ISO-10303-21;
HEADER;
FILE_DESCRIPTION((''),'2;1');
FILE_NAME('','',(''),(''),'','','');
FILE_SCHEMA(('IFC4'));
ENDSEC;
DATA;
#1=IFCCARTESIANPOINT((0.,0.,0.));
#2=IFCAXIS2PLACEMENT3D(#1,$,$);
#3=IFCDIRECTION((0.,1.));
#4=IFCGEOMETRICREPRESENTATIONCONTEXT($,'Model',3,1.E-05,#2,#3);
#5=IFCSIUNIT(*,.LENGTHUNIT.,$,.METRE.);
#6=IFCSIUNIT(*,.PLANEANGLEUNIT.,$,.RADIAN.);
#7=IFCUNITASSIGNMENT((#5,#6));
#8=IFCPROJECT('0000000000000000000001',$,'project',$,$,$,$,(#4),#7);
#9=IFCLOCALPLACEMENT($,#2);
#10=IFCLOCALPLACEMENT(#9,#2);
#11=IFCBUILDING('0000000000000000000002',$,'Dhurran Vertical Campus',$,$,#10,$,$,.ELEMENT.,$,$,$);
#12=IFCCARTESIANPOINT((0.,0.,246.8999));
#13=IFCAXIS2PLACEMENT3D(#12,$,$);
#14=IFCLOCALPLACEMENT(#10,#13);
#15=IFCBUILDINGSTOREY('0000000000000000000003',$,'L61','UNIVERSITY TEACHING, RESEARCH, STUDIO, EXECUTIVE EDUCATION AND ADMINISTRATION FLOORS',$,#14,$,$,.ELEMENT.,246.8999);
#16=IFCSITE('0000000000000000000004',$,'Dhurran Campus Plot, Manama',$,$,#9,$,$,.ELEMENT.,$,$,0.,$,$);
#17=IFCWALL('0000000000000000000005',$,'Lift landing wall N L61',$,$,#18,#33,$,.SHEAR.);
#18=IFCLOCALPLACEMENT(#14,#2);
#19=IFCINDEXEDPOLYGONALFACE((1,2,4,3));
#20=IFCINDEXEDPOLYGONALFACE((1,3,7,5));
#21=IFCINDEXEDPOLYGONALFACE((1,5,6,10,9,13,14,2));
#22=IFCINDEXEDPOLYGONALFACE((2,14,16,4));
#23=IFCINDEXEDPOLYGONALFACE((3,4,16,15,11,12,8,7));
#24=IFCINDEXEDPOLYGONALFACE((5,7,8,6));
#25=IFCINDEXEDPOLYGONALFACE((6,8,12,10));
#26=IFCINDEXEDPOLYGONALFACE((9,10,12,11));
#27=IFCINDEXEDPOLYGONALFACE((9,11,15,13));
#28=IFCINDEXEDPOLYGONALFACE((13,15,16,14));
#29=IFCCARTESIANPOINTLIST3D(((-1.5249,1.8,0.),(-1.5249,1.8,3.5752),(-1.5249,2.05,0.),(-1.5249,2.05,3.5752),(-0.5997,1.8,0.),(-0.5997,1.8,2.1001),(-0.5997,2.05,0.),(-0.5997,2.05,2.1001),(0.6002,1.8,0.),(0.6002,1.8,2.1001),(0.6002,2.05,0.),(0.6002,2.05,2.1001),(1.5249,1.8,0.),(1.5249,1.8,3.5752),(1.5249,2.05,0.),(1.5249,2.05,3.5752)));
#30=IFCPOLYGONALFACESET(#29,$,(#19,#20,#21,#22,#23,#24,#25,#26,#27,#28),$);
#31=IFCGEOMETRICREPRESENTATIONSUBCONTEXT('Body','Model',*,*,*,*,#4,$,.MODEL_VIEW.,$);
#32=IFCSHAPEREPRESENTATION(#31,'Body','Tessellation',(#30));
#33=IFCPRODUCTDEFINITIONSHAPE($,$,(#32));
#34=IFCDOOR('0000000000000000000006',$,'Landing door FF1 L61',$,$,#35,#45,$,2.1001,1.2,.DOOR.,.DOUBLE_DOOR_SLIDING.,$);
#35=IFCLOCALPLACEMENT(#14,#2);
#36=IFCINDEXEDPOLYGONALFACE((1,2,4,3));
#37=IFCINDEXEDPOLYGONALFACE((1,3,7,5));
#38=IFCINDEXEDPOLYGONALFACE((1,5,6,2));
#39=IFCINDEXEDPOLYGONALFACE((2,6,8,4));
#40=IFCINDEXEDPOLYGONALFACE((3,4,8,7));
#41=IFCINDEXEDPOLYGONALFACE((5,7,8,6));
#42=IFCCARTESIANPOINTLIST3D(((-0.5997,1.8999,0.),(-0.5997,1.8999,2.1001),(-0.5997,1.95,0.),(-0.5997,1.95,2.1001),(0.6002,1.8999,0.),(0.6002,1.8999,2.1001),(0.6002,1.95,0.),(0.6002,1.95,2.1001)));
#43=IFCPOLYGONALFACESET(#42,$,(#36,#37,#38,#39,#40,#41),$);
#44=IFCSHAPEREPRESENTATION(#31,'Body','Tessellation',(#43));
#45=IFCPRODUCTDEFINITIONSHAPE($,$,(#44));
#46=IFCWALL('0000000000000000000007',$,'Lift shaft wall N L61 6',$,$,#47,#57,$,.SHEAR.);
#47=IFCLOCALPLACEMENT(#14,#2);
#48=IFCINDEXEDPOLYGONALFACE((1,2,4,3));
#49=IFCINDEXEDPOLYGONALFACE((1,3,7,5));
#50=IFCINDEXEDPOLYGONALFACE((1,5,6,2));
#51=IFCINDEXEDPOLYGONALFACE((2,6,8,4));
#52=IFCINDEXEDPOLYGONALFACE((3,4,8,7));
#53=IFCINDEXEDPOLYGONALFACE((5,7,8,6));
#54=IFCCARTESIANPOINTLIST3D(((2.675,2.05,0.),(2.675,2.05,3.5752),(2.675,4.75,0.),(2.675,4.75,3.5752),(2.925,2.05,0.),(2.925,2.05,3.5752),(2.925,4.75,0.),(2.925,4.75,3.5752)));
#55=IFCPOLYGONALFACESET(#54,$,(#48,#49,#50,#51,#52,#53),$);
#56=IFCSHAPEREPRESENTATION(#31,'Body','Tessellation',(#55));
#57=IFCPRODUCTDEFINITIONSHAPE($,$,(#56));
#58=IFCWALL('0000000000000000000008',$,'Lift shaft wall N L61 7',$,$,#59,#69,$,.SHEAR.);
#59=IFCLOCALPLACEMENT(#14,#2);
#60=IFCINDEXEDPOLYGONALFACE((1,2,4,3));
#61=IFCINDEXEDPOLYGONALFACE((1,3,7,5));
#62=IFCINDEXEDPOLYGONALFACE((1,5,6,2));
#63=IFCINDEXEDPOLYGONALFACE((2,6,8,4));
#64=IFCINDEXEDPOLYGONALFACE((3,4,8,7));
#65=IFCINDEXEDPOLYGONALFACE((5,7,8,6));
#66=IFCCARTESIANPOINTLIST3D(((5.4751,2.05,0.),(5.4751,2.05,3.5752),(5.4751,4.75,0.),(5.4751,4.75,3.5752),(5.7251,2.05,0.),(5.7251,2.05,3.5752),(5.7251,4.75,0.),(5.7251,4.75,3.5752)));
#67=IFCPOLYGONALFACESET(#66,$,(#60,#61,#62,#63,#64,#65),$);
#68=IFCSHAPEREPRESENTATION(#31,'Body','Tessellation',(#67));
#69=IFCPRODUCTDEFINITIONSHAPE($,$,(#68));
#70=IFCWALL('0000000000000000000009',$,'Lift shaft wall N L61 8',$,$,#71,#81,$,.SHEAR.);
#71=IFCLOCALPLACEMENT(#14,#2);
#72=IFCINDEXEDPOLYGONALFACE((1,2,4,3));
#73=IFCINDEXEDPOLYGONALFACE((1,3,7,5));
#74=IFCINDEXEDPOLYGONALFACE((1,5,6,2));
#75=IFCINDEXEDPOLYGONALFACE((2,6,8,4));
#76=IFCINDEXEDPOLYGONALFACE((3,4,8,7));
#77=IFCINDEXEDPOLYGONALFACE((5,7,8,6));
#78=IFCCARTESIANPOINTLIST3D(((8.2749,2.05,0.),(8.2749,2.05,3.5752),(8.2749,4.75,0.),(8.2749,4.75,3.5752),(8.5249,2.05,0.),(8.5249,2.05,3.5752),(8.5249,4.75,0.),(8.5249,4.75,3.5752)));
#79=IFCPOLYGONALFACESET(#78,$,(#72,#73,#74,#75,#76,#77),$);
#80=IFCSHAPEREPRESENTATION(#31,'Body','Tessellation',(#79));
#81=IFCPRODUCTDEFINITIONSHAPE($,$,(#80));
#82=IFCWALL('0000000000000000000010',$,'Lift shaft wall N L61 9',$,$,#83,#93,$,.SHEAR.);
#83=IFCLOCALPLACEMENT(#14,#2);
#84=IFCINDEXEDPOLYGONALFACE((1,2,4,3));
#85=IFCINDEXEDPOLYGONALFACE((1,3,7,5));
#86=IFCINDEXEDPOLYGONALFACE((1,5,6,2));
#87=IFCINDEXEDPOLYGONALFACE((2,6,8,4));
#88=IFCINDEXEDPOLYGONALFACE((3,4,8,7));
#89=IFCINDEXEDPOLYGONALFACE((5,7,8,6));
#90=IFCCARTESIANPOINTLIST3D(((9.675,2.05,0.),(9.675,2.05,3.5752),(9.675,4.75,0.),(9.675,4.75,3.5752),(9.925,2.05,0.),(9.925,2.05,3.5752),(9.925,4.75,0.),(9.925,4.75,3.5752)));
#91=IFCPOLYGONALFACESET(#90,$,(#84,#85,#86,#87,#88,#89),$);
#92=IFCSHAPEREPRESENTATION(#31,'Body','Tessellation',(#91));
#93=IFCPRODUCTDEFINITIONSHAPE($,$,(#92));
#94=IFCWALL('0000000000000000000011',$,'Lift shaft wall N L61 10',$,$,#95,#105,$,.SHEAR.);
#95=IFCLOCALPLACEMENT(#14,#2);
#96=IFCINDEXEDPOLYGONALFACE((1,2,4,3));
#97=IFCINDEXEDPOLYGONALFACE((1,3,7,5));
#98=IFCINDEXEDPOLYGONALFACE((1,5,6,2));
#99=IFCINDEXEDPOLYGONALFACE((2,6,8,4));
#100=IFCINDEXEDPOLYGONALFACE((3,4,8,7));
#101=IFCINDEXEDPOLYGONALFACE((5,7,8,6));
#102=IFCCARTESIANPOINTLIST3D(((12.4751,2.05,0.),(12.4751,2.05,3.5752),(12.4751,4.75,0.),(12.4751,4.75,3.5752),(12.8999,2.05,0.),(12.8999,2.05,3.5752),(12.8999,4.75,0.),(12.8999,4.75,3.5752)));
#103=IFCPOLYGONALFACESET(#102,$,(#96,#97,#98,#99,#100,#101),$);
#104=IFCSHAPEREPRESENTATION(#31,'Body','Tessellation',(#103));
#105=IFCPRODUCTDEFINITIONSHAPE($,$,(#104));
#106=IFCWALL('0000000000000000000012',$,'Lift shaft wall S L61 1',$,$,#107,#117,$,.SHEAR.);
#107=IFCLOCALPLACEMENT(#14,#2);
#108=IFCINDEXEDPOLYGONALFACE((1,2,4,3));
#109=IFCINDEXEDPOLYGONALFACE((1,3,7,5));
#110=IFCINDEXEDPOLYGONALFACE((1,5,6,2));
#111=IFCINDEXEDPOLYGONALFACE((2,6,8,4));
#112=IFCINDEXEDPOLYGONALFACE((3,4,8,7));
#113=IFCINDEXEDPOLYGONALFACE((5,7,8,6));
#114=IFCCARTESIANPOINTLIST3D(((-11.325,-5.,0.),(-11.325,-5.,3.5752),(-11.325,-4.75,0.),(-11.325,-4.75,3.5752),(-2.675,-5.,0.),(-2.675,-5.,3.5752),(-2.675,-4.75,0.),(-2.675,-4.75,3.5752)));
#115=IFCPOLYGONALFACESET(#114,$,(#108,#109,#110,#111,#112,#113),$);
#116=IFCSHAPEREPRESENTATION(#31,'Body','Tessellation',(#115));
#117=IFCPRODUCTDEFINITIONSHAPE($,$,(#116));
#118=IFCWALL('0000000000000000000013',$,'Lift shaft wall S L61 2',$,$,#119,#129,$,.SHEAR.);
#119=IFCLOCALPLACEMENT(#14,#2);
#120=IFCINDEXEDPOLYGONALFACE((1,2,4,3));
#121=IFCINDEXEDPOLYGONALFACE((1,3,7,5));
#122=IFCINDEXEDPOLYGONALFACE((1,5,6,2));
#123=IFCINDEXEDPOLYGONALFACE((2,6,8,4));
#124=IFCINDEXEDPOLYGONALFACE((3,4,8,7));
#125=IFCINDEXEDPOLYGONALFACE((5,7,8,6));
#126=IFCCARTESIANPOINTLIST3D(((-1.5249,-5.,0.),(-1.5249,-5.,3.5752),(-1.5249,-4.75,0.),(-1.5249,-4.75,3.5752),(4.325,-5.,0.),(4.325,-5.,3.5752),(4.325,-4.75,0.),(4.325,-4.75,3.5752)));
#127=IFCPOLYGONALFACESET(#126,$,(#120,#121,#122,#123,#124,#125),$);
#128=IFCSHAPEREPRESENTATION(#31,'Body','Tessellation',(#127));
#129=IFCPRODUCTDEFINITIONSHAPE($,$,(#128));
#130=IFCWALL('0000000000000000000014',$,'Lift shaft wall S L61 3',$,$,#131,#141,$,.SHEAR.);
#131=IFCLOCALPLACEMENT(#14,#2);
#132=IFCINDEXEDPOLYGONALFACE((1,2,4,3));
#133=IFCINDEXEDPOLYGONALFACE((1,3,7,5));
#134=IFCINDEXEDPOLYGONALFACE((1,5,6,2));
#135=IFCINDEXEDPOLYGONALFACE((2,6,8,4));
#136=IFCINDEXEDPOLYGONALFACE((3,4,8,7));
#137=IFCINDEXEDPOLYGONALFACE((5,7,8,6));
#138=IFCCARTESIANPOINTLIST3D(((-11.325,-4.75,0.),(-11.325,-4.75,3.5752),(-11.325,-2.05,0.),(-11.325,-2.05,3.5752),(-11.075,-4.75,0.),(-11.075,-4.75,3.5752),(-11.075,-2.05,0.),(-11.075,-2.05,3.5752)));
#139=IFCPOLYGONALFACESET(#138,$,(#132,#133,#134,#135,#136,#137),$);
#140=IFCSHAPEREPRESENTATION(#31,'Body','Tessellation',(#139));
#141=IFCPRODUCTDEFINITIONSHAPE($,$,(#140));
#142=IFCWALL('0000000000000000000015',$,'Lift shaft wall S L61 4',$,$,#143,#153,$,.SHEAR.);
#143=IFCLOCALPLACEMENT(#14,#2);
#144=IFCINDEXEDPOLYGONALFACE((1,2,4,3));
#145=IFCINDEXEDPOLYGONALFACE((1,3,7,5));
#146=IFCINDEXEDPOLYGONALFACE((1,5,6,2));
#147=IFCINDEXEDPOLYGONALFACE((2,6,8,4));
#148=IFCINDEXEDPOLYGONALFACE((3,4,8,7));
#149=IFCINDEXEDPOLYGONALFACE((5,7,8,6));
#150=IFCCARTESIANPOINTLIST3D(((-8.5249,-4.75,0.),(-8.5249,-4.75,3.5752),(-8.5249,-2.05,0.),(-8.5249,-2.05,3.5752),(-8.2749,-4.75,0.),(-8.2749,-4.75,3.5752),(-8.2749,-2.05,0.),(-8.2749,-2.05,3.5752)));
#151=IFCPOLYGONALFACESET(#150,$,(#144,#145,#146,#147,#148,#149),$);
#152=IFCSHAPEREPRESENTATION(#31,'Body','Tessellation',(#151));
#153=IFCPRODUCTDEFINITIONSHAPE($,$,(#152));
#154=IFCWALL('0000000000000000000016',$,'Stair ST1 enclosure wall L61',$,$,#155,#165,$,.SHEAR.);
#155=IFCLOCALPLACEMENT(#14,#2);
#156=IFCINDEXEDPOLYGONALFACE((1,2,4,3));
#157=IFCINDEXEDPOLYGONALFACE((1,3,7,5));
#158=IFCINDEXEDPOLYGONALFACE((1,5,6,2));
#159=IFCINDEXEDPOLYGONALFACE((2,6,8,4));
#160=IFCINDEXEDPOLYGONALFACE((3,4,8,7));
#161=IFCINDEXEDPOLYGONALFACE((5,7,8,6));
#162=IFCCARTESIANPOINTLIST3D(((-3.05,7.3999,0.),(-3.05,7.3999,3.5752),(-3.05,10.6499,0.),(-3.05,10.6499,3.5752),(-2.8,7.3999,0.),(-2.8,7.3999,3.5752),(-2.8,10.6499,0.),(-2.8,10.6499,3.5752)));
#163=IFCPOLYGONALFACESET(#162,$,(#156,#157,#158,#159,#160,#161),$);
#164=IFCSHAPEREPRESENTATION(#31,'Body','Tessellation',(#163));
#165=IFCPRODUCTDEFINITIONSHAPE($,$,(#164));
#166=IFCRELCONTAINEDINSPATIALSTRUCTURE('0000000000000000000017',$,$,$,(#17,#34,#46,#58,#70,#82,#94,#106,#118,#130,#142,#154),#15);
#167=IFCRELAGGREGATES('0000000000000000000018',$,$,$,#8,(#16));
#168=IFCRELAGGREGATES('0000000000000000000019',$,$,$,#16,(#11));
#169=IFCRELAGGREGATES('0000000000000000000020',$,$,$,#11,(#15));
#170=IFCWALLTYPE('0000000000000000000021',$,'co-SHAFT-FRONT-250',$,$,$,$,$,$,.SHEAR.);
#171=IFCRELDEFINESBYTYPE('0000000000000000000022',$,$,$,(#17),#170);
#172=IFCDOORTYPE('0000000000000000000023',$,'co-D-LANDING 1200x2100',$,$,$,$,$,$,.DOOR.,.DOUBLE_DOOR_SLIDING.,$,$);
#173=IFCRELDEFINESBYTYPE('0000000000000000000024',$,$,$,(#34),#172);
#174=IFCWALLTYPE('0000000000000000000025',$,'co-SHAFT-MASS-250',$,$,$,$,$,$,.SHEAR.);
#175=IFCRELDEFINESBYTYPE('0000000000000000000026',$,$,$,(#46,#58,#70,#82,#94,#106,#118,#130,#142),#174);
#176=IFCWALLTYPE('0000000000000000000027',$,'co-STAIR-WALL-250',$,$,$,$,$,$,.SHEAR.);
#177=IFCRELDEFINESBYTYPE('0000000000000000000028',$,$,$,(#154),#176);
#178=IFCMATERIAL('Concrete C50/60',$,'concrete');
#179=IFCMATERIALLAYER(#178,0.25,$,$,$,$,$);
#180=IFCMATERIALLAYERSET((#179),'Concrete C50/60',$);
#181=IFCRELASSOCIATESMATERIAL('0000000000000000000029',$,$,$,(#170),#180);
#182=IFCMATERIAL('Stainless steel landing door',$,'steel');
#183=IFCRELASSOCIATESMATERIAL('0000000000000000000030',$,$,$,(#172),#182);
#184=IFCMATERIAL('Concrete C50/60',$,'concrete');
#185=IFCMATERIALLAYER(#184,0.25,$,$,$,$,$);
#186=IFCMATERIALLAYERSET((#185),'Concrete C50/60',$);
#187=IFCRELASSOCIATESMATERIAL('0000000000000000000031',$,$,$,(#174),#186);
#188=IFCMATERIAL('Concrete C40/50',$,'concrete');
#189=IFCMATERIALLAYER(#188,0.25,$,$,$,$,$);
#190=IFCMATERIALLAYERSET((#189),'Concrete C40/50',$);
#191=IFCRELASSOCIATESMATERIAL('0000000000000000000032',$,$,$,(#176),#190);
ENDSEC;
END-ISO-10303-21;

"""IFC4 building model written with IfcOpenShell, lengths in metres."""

from ifc_helpers import new_model, si_unit, direction, frame, frame_2d, origin, place, context, subcontext, project, spatial, polyline, rectangle, outline, extrude, material, layer, layer_set, type_object, element, fill, save


model = new_model("IFC4")

# Units and contexts
model_context = context("Model", 3, precision=1e-05, world=origin(), true_north=direction((0.0, 1.0)))
body_context = subcontext(model_context, "Body", "Model", "MODEL_VIEW")
ifc_project = project(units=[si_unit("LENGTHUNIT", "METRE"), si_unit("PLANEANGLEUNIT", "RADIAN")], contexts=[model_context])

# Site, building, storey
site_placement = place(None, origin())
site = spatial("IfcSite", under=ifc_project, at=site_placement, Name="Dhurran Campus Plot, Manama", CompositionType="ELEMENT", RefElevation=0.0)
building_placement = place(site_placement, origin())
building = spatial("IfcBuilding", under=site, at=building_placement, Name="Dhurran Vertical Campus", CompositionType="ELEMENT")
storey_placement = place(building_placement, frame((0.0, 0.0, 246.8999)))
storey = spatial("IfcBuildingStorey", under=building, at=storey_placement, Name="L61", Description="UNIVERSITY TEACHING, RESEARCH, STUDIO, EXECUTIVE EDUCATION AND ADMINISTRATION FLOORS", CompositionType="ELEMENT", Elevation=246.8999)

# Wall, opening, door
ifc_material_1 = material(Name="Concrete C50/60", Category="concrete")
ifc_layer_1 = layer(ifc_material_1, 0.25)
ifc_layer_set_1 = layer_set([ifc_layer_1], Name="Concrete C50/60")
wall_type_1 = type_object("IfcWallType", Name="co-SHAFT-FRONT-250", PredefinedType="SHEAR", material=ifc_layer_set_1)
wall_1_placement = place(storey_placement, frame((-1.5249, 1.925, 0.0), z_axis=(0.0, 0.0, 1.0), x_axis=(1.0, 0.0, 0.0)))
wall_1 = element("IfcWall", 1, at=wall_1_placement, inside=storey, type_object=wall_type_1, Name="Lift landing wall N L61", PredefinedType="SHEAR", context=body_context, shape_type="SweptSolid", body=[
    extrude(rectangle(XDim=3.0498, YDim=0.25, at=frame_2d((1.5249, 0.0))), origin(), (0.0, 0.0, 1.0), 3.5752),
])
opening_1_placement = place(wall_1_placement, frame((0.925, 0.0, 0.0)))
opening_1 = element("IfcOpeningElement", 2, at=opening_1_placement, cuts=wall_1, PredefinedType="OPENING", context=body_context, shape_type="SweptSolid", body=[
    extrude(rectangle(XDim=1.2, YDim=2.1001, at=frame_2d((0.6001, 1.05))), frame((0.0, 0.135, 0.0), z_axis=(0.0, -1.0, 0.0), x_axis=(1.0, 0.0, 0.0)), (0.0, 0.0, 1.0), 0.27),
])
ifc_material_2 = material(Name="Stainless steel landing door", Category="steel")
door_type_1 = type_object("IfcDoorType", Name="co-D-LANDING 1200x2100", OperationType="DOUBLE_DOOR_SLIDING", PredefinedType="DOOR", material=ifc_material_2)
door_1_placement = place(opening_1_placement, origin())
door_1 = element("IfcDoor", 3, at=door_1_placement, inside=storey, type_object=door_type_1, Name="Landing door FF1 L61", OperationType="DOUBLE_DOOR_SLIDING", OverallHeight=2.1001, OverallWidth=1.2, PredefinedType="DOOR", context=body_context, shape_type="SweptSolid", body=[
    extrude(rectangle(XDim=1.2, YDim=2.1001, at=frame_2d((0.6001, 1.05))), frame((0.0, 0.0249, 0.0), z_axis=(0.0, -1.0, 0.0), x_axis=(1.0, 0.0, 0.0)), (0.0, 0.0, 1.0), 0.05),
])
fill(opening_1, door_1)

# Walls
ifc_material_3 = material(Name="Concrete C50/60", Category="concrete")
ifc_layer_2 = layer(ifc_material_3, 0.25)
ifc_layer_set_2 = layer_set([ifc_layer_2], Name="Concrete C50/60")
wall_type_2 = type_object("IfcWallType", Name="co-SHAFT-MASS-250", PredefinedType="SHEAR", material=ifc_layer_set_2)
wall_2_placement = place(storey_placement, origin())
element("IfcWall", 4, at=wall_2_placement, inside=storey, type_object=wall_type_2, Name="Lift shaft wall N L61 6", PredefinedType="SHEAR", context=body_context, shape_type="SweptSolid", body=[
    extrude(outline(polyline([(2.675, 2.05), (2.925, 2.05), (2.925, 4.75), (2.675, 4.75), (2.675, 2.05)])), origin(), (0.0, 0.0, 1.0), 3.5752),
])
wall_3_placement = place(storey_placement, origin())
element("IfcWall", 5, at=wall_3_placement, inside=storey, type_object=wall_type_2, Name="Lift shaft wall N L61 7", PredefinedType="SHEAR", context=body_context, shape_type="SweptSolid", body=[
    extrude(outline(polyline([(5.4751, 2.05), (5.7251, 2.05), (5.7251, 4.75), (5.4751, 4.75), (5.4751, 2.05)])), origin(), (0.0, 0.0, 1.0), 3.5752),
])
wall_4_placement = place(storey_placement, origin())
element("IfcWall", 6, at=wall_4_placement, inside=storey, type_object=wall_type_2, Name="Lift shaft wall N L61 8", PredefinedType="SHEAR", context=body_context, shape_type="SweptSolid", body=[
    extrude(outline(polyline([(8.2749, 2.05), (8.5249, 2.05), (8.5249, 4.75), (8.2749, 4.75), (8.2749, 2.05)])), origin(), (0.0, 0.0, 1.0), 3.5752),
])
wall_5_placement = place(storey_placement, origin())
element("IfcWall", 7, at=wall_5_placement, inside=storey, type_object=wall_type_2, Name="Lift shaft wall N L61 9", PredefinedType="SHEAR", context=body_context, shape_type="SweptSolid", body=[
    extrude(outline(polyline([(9.675, 2.05), (9.925, 2.05), (9.925, 4.75), (9.675, 4.75), (9.675, 2.05)])), origin(), (0.0, 0.0, 1.0), 3.5752),
])
wall_6_placement = place(storey_placement, origin())
element("IfcWall", 8, at=wall_6_placement, inside=storey, type_object=wall_type_2, Name="Lift shaft wall N L61 10", PredefinedType="SHEAR", context=body_context, shape_type="SweptSolid", body=[
    extrude(outline(polyline([(12.4751, 2.05), (12.8999, 2.05), (12.8999, 4.75), (12.4751, 4.75), (12.4751, 2.05)])), origin(), (0.0, 0.0, 1.0), 3.5752),
])
wall_7_placement = place(storey_placement, origin())
element("IfcWall", 9, at=wall_7_placement, inside=storey, type_object=wall_type_2, Name="Lift shaft wall S L61 1", PredefinedType="SHEAR", context=body_context, shape_type="SweptSolid", body=[
    extrude(outline(polyline([(-11.325, -5.0), (-2.675, -5.0), (-2.675, -4.75), (-11.325, -4.75), (-11.325, -5.0)])), origin(), (0.0, 0.0, 1.0), 3.5752),
])
wall_8_placement = place(storey_placement, origin())
element("IfcWall", 10, at=wall_8_placement, inside=storey, type_object=wall_type_2, Name="Lift shaft wall S L61 2", PredefinedType="SHEAR", context=body_context, shape_type="SweptSolid", body=[
    extrude(outline(polyline([(-1.5249, -5.0), (4.325, -5.0), (4.325, -4.75), (-1.5249, -4.75), (-1.5249, -5.0)])), origin(), (0.0, 0.0, 1.0), 3.5752),
])
wall_9_placement = place(storey_placement, origin())
element("IfcWall", 11, at=wall_9_placement, inside=storey, type_object=wall_type_2, Name="Lift shaft wall S L61 3", PredefinedType="SHEAR", context=body_context, shape_type="SweptSolid", body=[
    extrude(outline(polyline([(-11.325, -4.75), (-11.075, -4.75), (-11.075, -2.05), (-11.325, -2.05), (-11.325, -4.75)])), origin(), (0.0, 0.0, 1.0), 3.5752),
])
wall_10_placement = place(storey_placement, origin())
element("IfcWall", 12, at=wall_10_placement, inside=storey, type_object=wall_type_2, Name="Lift shaft wall S L61 4", PredefinedType="SHEAR", context=body_context, shape_type="SweptSolid", body=[
    extrude(outline(polyline([(-8.5249, -4.75), (-8.2749, -4.75), (-8.2749, -2.05), (-8.5249, -2.05), (-8.5249, -4.75)])), origin(), (0.0, 0.0, 1.0), 3.5752),
])
ifc_material_4 = material(Name="Concrete C40/50", Category="concrete")
ifc_layer_3 = layer(ifc_material_4, 0.25)
ifc_layer_set_3 = layer_set([ifc_layer_3], Name="Concrete C40/50")
wall_type_3 = type_object("IfcWallType", Name="co-STAIR-WALL-250", PredefinedType="SHEAR", material=ifc_layer_set_3)
wall_11_placement = place(storey_placement, frame((-2.925, 7.3999, 0.0), z_axis=(0.0, 0.0, 1.0), x_axis=(0.0, 1.0, 0.0)))
element("IfcWall", 13, at=wall_11_placement, inside=storey, type_object=wall_type_3, Name="Stair ST1 enclosure wall L61", PredefinedType="SHEAR", context=body_context, shape_type="SweptSolid", body=[
    extrude(rectangle(XDim=3.25, YDim=0.25, at=frame_2d((1.625, 0.0))), origin(), (0.0, 0.0, 1.0), 3.5752),
])

save(model, "model.ifc")
